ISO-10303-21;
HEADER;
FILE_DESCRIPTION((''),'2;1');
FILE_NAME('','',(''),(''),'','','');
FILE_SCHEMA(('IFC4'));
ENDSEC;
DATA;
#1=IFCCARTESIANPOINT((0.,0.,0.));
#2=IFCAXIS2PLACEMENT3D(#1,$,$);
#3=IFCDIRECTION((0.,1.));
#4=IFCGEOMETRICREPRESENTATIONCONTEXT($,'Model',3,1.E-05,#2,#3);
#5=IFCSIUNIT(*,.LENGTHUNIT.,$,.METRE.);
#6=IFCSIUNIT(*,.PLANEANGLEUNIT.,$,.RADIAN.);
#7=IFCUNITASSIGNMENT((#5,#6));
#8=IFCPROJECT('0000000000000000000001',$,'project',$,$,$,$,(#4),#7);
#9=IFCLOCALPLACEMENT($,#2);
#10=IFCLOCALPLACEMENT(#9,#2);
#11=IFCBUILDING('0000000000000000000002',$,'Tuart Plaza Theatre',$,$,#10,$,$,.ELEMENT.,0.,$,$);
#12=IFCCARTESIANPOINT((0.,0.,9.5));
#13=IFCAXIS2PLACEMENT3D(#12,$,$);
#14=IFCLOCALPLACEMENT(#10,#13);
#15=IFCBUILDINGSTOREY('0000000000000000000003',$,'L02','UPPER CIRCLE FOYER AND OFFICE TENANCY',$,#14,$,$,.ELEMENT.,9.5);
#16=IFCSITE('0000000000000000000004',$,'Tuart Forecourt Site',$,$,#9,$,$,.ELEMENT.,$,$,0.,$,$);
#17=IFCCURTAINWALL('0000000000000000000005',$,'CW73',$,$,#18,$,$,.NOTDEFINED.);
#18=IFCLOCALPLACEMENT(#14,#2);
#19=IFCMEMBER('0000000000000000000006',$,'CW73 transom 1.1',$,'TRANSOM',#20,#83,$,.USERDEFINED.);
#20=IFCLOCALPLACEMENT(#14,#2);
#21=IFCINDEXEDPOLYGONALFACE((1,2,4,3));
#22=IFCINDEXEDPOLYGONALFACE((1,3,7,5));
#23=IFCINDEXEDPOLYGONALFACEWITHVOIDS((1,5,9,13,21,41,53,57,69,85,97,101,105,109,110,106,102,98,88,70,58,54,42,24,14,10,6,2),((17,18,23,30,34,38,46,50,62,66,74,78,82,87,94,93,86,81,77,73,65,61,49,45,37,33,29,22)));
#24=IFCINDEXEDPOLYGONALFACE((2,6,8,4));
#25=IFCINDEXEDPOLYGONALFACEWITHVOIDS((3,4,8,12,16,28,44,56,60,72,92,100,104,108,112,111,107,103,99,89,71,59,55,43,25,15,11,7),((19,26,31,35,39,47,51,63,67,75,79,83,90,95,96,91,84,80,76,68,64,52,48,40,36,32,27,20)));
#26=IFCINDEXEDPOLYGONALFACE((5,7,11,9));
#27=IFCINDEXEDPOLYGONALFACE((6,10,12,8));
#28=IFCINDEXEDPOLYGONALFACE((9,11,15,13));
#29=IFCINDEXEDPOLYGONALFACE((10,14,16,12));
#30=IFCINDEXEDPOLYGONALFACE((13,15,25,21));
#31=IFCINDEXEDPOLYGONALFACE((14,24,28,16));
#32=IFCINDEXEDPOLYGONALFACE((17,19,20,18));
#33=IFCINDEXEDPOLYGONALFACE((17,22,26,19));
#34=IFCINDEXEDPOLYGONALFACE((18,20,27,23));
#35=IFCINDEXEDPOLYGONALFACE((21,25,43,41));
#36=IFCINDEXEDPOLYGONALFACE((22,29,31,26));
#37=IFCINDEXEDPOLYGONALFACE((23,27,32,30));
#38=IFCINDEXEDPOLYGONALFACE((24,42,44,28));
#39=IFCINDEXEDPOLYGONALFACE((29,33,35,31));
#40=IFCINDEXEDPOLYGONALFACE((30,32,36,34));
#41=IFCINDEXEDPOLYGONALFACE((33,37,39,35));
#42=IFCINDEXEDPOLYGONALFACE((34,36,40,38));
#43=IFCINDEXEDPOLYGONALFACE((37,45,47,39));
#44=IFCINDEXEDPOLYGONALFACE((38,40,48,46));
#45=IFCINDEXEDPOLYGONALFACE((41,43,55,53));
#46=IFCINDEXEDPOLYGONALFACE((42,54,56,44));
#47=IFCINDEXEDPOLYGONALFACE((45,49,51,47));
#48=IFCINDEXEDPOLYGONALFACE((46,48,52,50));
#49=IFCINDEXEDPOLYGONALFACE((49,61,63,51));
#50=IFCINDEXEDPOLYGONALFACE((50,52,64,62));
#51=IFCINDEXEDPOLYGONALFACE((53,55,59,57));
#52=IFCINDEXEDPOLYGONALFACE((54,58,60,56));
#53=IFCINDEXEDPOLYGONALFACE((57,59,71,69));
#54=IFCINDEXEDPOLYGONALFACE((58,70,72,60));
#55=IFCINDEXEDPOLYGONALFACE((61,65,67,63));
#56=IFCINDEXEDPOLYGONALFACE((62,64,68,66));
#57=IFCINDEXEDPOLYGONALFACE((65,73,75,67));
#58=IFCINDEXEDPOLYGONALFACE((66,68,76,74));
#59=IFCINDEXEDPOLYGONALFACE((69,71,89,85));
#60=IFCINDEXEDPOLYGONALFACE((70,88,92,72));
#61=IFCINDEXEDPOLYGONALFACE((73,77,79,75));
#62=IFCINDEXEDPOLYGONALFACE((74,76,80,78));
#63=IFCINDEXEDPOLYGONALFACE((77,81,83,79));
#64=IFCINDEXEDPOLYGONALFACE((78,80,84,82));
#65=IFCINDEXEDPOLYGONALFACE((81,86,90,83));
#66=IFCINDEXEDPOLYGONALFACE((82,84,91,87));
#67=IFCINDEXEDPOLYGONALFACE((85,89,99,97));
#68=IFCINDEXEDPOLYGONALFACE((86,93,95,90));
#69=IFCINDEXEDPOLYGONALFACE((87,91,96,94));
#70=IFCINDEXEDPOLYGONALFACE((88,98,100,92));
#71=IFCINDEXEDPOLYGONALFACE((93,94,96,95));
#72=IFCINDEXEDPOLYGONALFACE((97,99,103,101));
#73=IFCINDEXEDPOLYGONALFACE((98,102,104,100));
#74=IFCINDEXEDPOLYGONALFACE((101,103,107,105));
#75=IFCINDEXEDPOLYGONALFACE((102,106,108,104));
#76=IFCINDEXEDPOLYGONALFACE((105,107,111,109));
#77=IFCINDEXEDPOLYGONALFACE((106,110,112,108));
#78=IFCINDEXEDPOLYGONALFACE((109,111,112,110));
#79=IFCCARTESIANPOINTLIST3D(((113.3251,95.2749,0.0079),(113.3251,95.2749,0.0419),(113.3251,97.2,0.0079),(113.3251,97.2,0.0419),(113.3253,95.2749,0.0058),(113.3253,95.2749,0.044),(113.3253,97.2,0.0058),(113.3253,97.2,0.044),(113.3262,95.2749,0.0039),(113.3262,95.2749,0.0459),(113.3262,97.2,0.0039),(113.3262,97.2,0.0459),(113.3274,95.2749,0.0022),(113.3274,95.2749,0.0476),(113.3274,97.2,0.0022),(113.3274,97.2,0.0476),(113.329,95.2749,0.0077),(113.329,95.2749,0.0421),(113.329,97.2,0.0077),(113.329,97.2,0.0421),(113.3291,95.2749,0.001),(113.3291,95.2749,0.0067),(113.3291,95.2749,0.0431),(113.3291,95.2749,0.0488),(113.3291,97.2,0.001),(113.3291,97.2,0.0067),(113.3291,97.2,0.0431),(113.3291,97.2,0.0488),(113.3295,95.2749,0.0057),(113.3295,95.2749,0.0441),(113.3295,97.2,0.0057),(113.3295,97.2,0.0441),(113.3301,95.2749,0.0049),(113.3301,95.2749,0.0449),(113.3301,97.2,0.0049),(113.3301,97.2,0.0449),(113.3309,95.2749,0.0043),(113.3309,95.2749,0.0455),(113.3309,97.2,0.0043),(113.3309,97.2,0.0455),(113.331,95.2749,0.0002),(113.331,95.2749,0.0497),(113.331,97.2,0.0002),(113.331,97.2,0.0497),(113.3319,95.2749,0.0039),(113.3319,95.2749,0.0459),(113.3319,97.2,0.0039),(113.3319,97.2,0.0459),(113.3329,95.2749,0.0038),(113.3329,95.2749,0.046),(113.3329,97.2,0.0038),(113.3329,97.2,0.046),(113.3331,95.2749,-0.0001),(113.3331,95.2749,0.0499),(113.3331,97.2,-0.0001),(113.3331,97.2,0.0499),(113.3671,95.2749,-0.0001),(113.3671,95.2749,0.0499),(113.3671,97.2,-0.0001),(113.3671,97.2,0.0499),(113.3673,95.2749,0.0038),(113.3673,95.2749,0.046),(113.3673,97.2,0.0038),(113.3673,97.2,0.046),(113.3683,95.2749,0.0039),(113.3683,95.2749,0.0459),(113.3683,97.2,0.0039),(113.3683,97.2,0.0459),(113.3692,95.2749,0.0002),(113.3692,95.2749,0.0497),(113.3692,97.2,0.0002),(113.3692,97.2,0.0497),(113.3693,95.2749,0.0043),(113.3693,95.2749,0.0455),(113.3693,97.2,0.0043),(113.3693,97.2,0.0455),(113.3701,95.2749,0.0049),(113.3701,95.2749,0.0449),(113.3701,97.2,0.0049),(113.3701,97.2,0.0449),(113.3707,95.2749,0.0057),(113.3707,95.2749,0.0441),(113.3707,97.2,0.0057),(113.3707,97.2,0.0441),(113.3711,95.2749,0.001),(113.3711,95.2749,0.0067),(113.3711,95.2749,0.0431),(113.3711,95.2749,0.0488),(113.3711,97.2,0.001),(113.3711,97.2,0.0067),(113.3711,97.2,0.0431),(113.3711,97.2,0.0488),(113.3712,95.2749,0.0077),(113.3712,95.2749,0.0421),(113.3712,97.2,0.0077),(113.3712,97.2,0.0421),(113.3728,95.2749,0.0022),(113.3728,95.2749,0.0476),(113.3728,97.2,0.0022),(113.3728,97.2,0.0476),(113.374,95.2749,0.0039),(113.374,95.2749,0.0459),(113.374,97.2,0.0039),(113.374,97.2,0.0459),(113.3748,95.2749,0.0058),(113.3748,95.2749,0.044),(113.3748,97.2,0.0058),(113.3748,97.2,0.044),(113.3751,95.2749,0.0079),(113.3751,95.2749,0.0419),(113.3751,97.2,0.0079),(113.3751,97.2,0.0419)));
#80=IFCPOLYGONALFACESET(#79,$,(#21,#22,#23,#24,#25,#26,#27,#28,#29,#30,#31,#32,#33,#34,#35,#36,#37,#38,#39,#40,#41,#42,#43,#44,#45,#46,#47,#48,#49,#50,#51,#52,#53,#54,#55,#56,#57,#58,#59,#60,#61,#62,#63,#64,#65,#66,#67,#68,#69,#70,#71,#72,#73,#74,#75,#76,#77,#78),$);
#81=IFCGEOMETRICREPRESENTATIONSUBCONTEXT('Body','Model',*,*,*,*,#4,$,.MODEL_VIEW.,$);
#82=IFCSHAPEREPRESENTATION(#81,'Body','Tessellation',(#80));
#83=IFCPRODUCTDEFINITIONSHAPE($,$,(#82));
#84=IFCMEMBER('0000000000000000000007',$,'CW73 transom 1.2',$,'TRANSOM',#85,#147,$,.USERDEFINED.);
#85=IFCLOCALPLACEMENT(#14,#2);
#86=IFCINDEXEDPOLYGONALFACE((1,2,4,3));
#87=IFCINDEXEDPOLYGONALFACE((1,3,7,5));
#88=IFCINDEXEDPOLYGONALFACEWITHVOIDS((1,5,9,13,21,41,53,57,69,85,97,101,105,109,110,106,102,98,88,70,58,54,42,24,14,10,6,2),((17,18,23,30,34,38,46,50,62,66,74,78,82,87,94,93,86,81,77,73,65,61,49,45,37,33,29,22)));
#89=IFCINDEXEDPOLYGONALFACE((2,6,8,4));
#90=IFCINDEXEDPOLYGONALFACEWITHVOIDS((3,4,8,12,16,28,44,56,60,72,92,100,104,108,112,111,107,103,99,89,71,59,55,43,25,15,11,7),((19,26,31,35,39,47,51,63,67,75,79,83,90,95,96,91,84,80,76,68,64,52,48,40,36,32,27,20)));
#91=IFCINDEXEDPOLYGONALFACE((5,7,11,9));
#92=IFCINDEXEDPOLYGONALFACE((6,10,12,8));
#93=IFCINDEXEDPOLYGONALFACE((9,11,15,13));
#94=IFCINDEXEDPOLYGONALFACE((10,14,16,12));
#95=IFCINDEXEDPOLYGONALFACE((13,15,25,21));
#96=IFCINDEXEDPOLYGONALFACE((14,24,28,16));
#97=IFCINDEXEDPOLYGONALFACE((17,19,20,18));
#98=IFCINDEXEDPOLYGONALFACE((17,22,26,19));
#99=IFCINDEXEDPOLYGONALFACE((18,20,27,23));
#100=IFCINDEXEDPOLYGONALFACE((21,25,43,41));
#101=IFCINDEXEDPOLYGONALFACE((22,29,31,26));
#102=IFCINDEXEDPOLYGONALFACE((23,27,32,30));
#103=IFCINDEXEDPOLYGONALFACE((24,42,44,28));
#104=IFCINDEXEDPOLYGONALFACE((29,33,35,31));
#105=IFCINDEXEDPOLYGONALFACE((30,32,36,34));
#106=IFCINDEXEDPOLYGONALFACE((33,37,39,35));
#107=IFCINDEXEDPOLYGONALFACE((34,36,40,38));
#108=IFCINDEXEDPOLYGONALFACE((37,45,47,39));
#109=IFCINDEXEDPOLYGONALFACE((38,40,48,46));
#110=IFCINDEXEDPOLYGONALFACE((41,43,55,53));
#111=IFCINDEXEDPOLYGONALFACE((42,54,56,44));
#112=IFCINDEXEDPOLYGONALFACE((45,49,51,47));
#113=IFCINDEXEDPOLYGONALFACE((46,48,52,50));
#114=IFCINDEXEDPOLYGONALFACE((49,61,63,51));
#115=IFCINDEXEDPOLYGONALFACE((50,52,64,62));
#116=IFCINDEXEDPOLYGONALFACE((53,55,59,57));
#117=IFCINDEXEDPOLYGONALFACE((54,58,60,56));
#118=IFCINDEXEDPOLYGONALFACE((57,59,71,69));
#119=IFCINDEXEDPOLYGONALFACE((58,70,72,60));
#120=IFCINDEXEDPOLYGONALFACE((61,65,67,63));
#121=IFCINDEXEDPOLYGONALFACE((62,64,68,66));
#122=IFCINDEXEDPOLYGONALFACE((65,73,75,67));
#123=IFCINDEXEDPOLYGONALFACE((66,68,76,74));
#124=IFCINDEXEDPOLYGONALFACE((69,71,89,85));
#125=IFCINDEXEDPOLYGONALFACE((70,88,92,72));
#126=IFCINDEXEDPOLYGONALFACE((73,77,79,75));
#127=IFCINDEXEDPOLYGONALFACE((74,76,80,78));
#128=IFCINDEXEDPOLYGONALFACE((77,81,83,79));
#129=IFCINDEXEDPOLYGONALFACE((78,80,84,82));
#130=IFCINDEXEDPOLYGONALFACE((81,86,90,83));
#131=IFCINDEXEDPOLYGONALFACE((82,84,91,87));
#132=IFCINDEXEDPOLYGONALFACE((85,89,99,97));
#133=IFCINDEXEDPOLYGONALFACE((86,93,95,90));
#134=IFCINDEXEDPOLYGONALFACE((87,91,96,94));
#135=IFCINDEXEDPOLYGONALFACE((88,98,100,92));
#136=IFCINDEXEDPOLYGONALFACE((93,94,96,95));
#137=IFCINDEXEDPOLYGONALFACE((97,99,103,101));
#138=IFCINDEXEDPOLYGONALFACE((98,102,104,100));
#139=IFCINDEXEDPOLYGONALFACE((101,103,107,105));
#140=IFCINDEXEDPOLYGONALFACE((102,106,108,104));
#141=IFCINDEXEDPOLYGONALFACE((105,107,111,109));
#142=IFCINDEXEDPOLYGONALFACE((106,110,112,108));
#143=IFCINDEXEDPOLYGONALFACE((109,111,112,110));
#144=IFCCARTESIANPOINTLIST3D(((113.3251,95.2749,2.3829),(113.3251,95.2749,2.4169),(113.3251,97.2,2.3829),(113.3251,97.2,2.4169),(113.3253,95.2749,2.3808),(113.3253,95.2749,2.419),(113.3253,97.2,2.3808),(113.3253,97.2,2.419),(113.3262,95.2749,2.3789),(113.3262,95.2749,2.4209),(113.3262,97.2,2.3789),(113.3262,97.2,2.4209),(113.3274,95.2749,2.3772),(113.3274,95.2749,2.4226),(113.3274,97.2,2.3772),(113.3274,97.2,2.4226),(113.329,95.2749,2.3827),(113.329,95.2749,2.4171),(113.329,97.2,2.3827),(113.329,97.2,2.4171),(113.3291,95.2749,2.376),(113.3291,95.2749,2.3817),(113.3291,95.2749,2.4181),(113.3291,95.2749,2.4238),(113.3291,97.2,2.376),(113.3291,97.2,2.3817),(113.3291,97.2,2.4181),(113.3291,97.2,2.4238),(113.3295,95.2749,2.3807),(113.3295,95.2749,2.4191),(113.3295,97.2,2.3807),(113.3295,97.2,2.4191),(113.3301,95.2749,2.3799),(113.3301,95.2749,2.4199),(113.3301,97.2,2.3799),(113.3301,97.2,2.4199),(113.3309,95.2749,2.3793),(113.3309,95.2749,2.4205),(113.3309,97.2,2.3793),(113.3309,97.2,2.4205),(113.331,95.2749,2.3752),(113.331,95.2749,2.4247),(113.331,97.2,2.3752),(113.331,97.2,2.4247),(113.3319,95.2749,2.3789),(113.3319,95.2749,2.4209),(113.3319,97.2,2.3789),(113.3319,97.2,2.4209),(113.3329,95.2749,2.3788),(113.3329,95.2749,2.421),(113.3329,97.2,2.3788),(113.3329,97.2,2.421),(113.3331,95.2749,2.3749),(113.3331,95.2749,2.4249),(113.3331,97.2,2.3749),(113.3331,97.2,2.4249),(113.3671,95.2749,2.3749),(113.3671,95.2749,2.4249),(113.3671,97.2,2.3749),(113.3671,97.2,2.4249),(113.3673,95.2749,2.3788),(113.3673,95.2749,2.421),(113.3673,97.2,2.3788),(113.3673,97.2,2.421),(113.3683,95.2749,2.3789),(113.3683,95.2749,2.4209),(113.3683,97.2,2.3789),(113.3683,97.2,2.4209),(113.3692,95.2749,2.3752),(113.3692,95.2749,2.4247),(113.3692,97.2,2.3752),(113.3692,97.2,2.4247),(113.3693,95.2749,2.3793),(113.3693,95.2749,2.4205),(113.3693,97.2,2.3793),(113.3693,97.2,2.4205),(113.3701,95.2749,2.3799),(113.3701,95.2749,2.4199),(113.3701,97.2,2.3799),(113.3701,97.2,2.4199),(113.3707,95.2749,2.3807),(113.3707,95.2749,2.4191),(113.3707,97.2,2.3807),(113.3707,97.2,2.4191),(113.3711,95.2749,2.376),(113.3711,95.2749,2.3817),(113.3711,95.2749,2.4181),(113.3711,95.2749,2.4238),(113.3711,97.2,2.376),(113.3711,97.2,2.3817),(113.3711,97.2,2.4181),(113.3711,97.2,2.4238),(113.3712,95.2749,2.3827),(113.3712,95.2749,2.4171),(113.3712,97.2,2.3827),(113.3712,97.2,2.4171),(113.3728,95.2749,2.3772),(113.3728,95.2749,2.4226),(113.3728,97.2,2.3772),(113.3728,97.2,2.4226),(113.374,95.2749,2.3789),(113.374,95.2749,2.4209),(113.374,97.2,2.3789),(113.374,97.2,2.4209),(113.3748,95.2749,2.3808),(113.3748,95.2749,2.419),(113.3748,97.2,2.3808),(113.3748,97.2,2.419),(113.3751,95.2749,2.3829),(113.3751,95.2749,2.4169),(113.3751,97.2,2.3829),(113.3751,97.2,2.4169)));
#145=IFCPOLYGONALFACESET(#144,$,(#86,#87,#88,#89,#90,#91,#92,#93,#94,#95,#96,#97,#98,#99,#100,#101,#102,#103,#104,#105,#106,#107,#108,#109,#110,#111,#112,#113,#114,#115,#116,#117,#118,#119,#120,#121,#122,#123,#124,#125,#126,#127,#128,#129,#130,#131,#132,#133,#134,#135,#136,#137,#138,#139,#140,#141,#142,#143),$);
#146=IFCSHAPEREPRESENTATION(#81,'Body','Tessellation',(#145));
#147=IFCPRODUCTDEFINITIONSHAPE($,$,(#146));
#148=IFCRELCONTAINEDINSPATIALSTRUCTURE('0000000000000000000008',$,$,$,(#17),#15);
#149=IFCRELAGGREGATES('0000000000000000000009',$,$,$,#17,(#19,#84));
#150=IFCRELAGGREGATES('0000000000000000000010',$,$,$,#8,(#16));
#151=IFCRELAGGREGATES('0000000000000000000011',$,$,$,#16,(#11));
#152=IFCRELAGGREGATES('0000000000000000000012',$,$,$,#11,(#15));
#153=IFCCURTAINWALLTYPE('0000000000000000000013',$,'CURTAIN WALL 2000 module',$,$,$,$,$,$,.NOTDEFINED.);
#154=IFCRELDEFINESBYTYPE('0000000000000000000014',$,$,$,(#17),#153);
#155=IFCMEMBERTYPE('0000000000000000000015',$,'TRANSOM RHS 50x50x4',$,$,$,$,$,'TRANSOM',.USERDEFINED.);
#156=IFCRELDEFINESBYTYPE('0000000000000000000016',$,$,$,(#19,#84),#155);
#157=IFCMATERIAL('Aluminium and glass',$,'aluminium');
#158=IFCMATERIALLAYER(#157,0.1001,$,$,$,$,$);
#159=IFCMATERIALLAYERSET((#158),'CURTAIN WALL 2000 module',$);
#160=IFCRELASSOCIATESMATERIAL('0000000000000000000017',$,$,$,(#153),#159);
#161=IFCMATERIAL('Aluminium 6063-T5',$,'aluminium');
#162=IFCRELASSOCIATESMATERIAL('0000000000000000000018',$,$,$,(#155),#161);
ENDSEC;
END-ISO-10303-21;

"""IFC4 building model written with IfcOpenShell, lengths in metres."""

from ifc_helpers import new_model, si_unit, direction, frame, origin, origin_2d, place, context, subcontext, project, spatial, hollow_rectangle, extrude, material, layer, layer_set, material_profile, profile_set, type_object, element, aggregate, save


model = new_model("IFC4")

# Units and contexts
model_context = context("Model", 3, precision=1e-05, world=origin(), true_north=direction((0.0, 1.0)))
body_context = subcontext(model_context, "Body", "Model", "MODEL_VIEW")
ifc_project = project(units=[si_unit("LENGTHUNIT", "METRE"), si_unit("PLANEANGLEUNIT", "RADIAN")], contexts=[model_context])

# Site, building, storey
site_placement = place(None, origin())
site = spatial("IfcSite", under=ifc_project, at=site_placement, Name="Tuart Forecourt Site", CompositionType="ELEMENT", RefElevation=0.0)
building_placement = place(site_placement, origin())
building = spatial("IfcBuilding", under=site, at=building_placement, Name="Tuart Plaza Theatre", CompositionType="ELEMENT", ElevationOfRefHeight=0.0)
storey_placement = place(building_placement, frame((0.0, 0.0, 9.5)))
storey = spatial("IfcBuildingStorey", under=building, at=storey_placement, Name="L02", Description="UPPER CIRCLE FOYER AND OFFICE TENANCY", CompositionType="ELEMENT", Elevation=9.5)

# Shared definitions
ifc_material_1 = material(Name="Aluminium and glass", Category="aluminium")
ifc_layer_1 = layer(ifc_material_1, 0.1001)
ifc_layer_set_1 = layer_set([ifc_layer_1], Name="CURTAIN WALL 2000 module")
curtain_wall_type = type_object("IfcCurtainWallType", Name="CURTAIN WALL 2000 module", PredefinedType="NOTDEFINED", material=ifc_layer_set_1)

# Curtain wall
curtain_wall_1_placement = place(storey_placement, origin())
curtain_wall_1 = element("IfcCurtainWall", 1, at=curtain_wall_1_placement, inside=storey, type_object=curtain_wall_type, Name="CW73", PredefinedType="NOTDEFINED")

# Members
ifc_material_2 = material(Name="Aluminium 6063-T5", Category="aluminium")
ifc_material_profile_1 = material_profile(ifc_material_2, hollow_rectangle(XDim=0.05, YDim=0.05, WallThickness=0.0039, InnerFilletRadius=0.0039, OuterFilletRadius=0.0081, at=origin_2d()), Name="RHS 50x50x4")
ifc_profile_set_1 = profile_set([ifc_material_profile_1], Name="Aluminium 6063-T5")
member_type_1 = type_object("IfcMemberType", Name="TRANSOM RHS 50x50x4", ElementType="TRANSOM", PredefinedType="USERDEFINED", material=ifc_profile_set_1)
member_1_placement = place(storey_placement, frame((113.3501, 97.2, 0.0249), z_axis=(0.0, -1.0, 0.0), x_axis=(1.0, 0.0, 0.0)))
member_1 = element("IfcMember", 2, at=member_1_placement, type_object=member_type_1, Name="CW73 transom 1.1", ObjectType="TRANSOM", PredefinedType="USERDEFINED", context=body_context, shape_type="SweptSolid", body=[
    extrude(hollow_rectangle(XDim=0.05, YDim=0.05, WallThickness=0.0039, InnerFilletRadius=0.0039, OuterFilletRadius=0.0081, at=origin_2d()), origin(), (0.0, 0.0, 1.0), 1.925),
])
member_2_placement = place(storey_placement, frame((113.3501, 97.2, 2.3999), z_axis=(0.0, -1.0, 0.0), x_axis=(1.0, 0.0, 0.0)))
member_2 = element("IfcMember", 3, at=member_2_placement, type_object=member_type_1, Name="CW73 transom 1.2", ObjectType="TRANSOM", PredefinedType="USERDEFINED", context=body_context, shape_type="SweptSolid", body=[
    extrude(hollow_rectangle(XDim=0.05, YDim=0.05, WallThickness=0.0039, InnerFilletRadius=0.0039, OuterFilletRadius=0.0081, at=origin_2d()), origin(), (0.0, 0.0, 1.0), 1.925),
])

aggregate(curtain_wall_1, [member_1, member_2])

save(model, "model.ifc")
